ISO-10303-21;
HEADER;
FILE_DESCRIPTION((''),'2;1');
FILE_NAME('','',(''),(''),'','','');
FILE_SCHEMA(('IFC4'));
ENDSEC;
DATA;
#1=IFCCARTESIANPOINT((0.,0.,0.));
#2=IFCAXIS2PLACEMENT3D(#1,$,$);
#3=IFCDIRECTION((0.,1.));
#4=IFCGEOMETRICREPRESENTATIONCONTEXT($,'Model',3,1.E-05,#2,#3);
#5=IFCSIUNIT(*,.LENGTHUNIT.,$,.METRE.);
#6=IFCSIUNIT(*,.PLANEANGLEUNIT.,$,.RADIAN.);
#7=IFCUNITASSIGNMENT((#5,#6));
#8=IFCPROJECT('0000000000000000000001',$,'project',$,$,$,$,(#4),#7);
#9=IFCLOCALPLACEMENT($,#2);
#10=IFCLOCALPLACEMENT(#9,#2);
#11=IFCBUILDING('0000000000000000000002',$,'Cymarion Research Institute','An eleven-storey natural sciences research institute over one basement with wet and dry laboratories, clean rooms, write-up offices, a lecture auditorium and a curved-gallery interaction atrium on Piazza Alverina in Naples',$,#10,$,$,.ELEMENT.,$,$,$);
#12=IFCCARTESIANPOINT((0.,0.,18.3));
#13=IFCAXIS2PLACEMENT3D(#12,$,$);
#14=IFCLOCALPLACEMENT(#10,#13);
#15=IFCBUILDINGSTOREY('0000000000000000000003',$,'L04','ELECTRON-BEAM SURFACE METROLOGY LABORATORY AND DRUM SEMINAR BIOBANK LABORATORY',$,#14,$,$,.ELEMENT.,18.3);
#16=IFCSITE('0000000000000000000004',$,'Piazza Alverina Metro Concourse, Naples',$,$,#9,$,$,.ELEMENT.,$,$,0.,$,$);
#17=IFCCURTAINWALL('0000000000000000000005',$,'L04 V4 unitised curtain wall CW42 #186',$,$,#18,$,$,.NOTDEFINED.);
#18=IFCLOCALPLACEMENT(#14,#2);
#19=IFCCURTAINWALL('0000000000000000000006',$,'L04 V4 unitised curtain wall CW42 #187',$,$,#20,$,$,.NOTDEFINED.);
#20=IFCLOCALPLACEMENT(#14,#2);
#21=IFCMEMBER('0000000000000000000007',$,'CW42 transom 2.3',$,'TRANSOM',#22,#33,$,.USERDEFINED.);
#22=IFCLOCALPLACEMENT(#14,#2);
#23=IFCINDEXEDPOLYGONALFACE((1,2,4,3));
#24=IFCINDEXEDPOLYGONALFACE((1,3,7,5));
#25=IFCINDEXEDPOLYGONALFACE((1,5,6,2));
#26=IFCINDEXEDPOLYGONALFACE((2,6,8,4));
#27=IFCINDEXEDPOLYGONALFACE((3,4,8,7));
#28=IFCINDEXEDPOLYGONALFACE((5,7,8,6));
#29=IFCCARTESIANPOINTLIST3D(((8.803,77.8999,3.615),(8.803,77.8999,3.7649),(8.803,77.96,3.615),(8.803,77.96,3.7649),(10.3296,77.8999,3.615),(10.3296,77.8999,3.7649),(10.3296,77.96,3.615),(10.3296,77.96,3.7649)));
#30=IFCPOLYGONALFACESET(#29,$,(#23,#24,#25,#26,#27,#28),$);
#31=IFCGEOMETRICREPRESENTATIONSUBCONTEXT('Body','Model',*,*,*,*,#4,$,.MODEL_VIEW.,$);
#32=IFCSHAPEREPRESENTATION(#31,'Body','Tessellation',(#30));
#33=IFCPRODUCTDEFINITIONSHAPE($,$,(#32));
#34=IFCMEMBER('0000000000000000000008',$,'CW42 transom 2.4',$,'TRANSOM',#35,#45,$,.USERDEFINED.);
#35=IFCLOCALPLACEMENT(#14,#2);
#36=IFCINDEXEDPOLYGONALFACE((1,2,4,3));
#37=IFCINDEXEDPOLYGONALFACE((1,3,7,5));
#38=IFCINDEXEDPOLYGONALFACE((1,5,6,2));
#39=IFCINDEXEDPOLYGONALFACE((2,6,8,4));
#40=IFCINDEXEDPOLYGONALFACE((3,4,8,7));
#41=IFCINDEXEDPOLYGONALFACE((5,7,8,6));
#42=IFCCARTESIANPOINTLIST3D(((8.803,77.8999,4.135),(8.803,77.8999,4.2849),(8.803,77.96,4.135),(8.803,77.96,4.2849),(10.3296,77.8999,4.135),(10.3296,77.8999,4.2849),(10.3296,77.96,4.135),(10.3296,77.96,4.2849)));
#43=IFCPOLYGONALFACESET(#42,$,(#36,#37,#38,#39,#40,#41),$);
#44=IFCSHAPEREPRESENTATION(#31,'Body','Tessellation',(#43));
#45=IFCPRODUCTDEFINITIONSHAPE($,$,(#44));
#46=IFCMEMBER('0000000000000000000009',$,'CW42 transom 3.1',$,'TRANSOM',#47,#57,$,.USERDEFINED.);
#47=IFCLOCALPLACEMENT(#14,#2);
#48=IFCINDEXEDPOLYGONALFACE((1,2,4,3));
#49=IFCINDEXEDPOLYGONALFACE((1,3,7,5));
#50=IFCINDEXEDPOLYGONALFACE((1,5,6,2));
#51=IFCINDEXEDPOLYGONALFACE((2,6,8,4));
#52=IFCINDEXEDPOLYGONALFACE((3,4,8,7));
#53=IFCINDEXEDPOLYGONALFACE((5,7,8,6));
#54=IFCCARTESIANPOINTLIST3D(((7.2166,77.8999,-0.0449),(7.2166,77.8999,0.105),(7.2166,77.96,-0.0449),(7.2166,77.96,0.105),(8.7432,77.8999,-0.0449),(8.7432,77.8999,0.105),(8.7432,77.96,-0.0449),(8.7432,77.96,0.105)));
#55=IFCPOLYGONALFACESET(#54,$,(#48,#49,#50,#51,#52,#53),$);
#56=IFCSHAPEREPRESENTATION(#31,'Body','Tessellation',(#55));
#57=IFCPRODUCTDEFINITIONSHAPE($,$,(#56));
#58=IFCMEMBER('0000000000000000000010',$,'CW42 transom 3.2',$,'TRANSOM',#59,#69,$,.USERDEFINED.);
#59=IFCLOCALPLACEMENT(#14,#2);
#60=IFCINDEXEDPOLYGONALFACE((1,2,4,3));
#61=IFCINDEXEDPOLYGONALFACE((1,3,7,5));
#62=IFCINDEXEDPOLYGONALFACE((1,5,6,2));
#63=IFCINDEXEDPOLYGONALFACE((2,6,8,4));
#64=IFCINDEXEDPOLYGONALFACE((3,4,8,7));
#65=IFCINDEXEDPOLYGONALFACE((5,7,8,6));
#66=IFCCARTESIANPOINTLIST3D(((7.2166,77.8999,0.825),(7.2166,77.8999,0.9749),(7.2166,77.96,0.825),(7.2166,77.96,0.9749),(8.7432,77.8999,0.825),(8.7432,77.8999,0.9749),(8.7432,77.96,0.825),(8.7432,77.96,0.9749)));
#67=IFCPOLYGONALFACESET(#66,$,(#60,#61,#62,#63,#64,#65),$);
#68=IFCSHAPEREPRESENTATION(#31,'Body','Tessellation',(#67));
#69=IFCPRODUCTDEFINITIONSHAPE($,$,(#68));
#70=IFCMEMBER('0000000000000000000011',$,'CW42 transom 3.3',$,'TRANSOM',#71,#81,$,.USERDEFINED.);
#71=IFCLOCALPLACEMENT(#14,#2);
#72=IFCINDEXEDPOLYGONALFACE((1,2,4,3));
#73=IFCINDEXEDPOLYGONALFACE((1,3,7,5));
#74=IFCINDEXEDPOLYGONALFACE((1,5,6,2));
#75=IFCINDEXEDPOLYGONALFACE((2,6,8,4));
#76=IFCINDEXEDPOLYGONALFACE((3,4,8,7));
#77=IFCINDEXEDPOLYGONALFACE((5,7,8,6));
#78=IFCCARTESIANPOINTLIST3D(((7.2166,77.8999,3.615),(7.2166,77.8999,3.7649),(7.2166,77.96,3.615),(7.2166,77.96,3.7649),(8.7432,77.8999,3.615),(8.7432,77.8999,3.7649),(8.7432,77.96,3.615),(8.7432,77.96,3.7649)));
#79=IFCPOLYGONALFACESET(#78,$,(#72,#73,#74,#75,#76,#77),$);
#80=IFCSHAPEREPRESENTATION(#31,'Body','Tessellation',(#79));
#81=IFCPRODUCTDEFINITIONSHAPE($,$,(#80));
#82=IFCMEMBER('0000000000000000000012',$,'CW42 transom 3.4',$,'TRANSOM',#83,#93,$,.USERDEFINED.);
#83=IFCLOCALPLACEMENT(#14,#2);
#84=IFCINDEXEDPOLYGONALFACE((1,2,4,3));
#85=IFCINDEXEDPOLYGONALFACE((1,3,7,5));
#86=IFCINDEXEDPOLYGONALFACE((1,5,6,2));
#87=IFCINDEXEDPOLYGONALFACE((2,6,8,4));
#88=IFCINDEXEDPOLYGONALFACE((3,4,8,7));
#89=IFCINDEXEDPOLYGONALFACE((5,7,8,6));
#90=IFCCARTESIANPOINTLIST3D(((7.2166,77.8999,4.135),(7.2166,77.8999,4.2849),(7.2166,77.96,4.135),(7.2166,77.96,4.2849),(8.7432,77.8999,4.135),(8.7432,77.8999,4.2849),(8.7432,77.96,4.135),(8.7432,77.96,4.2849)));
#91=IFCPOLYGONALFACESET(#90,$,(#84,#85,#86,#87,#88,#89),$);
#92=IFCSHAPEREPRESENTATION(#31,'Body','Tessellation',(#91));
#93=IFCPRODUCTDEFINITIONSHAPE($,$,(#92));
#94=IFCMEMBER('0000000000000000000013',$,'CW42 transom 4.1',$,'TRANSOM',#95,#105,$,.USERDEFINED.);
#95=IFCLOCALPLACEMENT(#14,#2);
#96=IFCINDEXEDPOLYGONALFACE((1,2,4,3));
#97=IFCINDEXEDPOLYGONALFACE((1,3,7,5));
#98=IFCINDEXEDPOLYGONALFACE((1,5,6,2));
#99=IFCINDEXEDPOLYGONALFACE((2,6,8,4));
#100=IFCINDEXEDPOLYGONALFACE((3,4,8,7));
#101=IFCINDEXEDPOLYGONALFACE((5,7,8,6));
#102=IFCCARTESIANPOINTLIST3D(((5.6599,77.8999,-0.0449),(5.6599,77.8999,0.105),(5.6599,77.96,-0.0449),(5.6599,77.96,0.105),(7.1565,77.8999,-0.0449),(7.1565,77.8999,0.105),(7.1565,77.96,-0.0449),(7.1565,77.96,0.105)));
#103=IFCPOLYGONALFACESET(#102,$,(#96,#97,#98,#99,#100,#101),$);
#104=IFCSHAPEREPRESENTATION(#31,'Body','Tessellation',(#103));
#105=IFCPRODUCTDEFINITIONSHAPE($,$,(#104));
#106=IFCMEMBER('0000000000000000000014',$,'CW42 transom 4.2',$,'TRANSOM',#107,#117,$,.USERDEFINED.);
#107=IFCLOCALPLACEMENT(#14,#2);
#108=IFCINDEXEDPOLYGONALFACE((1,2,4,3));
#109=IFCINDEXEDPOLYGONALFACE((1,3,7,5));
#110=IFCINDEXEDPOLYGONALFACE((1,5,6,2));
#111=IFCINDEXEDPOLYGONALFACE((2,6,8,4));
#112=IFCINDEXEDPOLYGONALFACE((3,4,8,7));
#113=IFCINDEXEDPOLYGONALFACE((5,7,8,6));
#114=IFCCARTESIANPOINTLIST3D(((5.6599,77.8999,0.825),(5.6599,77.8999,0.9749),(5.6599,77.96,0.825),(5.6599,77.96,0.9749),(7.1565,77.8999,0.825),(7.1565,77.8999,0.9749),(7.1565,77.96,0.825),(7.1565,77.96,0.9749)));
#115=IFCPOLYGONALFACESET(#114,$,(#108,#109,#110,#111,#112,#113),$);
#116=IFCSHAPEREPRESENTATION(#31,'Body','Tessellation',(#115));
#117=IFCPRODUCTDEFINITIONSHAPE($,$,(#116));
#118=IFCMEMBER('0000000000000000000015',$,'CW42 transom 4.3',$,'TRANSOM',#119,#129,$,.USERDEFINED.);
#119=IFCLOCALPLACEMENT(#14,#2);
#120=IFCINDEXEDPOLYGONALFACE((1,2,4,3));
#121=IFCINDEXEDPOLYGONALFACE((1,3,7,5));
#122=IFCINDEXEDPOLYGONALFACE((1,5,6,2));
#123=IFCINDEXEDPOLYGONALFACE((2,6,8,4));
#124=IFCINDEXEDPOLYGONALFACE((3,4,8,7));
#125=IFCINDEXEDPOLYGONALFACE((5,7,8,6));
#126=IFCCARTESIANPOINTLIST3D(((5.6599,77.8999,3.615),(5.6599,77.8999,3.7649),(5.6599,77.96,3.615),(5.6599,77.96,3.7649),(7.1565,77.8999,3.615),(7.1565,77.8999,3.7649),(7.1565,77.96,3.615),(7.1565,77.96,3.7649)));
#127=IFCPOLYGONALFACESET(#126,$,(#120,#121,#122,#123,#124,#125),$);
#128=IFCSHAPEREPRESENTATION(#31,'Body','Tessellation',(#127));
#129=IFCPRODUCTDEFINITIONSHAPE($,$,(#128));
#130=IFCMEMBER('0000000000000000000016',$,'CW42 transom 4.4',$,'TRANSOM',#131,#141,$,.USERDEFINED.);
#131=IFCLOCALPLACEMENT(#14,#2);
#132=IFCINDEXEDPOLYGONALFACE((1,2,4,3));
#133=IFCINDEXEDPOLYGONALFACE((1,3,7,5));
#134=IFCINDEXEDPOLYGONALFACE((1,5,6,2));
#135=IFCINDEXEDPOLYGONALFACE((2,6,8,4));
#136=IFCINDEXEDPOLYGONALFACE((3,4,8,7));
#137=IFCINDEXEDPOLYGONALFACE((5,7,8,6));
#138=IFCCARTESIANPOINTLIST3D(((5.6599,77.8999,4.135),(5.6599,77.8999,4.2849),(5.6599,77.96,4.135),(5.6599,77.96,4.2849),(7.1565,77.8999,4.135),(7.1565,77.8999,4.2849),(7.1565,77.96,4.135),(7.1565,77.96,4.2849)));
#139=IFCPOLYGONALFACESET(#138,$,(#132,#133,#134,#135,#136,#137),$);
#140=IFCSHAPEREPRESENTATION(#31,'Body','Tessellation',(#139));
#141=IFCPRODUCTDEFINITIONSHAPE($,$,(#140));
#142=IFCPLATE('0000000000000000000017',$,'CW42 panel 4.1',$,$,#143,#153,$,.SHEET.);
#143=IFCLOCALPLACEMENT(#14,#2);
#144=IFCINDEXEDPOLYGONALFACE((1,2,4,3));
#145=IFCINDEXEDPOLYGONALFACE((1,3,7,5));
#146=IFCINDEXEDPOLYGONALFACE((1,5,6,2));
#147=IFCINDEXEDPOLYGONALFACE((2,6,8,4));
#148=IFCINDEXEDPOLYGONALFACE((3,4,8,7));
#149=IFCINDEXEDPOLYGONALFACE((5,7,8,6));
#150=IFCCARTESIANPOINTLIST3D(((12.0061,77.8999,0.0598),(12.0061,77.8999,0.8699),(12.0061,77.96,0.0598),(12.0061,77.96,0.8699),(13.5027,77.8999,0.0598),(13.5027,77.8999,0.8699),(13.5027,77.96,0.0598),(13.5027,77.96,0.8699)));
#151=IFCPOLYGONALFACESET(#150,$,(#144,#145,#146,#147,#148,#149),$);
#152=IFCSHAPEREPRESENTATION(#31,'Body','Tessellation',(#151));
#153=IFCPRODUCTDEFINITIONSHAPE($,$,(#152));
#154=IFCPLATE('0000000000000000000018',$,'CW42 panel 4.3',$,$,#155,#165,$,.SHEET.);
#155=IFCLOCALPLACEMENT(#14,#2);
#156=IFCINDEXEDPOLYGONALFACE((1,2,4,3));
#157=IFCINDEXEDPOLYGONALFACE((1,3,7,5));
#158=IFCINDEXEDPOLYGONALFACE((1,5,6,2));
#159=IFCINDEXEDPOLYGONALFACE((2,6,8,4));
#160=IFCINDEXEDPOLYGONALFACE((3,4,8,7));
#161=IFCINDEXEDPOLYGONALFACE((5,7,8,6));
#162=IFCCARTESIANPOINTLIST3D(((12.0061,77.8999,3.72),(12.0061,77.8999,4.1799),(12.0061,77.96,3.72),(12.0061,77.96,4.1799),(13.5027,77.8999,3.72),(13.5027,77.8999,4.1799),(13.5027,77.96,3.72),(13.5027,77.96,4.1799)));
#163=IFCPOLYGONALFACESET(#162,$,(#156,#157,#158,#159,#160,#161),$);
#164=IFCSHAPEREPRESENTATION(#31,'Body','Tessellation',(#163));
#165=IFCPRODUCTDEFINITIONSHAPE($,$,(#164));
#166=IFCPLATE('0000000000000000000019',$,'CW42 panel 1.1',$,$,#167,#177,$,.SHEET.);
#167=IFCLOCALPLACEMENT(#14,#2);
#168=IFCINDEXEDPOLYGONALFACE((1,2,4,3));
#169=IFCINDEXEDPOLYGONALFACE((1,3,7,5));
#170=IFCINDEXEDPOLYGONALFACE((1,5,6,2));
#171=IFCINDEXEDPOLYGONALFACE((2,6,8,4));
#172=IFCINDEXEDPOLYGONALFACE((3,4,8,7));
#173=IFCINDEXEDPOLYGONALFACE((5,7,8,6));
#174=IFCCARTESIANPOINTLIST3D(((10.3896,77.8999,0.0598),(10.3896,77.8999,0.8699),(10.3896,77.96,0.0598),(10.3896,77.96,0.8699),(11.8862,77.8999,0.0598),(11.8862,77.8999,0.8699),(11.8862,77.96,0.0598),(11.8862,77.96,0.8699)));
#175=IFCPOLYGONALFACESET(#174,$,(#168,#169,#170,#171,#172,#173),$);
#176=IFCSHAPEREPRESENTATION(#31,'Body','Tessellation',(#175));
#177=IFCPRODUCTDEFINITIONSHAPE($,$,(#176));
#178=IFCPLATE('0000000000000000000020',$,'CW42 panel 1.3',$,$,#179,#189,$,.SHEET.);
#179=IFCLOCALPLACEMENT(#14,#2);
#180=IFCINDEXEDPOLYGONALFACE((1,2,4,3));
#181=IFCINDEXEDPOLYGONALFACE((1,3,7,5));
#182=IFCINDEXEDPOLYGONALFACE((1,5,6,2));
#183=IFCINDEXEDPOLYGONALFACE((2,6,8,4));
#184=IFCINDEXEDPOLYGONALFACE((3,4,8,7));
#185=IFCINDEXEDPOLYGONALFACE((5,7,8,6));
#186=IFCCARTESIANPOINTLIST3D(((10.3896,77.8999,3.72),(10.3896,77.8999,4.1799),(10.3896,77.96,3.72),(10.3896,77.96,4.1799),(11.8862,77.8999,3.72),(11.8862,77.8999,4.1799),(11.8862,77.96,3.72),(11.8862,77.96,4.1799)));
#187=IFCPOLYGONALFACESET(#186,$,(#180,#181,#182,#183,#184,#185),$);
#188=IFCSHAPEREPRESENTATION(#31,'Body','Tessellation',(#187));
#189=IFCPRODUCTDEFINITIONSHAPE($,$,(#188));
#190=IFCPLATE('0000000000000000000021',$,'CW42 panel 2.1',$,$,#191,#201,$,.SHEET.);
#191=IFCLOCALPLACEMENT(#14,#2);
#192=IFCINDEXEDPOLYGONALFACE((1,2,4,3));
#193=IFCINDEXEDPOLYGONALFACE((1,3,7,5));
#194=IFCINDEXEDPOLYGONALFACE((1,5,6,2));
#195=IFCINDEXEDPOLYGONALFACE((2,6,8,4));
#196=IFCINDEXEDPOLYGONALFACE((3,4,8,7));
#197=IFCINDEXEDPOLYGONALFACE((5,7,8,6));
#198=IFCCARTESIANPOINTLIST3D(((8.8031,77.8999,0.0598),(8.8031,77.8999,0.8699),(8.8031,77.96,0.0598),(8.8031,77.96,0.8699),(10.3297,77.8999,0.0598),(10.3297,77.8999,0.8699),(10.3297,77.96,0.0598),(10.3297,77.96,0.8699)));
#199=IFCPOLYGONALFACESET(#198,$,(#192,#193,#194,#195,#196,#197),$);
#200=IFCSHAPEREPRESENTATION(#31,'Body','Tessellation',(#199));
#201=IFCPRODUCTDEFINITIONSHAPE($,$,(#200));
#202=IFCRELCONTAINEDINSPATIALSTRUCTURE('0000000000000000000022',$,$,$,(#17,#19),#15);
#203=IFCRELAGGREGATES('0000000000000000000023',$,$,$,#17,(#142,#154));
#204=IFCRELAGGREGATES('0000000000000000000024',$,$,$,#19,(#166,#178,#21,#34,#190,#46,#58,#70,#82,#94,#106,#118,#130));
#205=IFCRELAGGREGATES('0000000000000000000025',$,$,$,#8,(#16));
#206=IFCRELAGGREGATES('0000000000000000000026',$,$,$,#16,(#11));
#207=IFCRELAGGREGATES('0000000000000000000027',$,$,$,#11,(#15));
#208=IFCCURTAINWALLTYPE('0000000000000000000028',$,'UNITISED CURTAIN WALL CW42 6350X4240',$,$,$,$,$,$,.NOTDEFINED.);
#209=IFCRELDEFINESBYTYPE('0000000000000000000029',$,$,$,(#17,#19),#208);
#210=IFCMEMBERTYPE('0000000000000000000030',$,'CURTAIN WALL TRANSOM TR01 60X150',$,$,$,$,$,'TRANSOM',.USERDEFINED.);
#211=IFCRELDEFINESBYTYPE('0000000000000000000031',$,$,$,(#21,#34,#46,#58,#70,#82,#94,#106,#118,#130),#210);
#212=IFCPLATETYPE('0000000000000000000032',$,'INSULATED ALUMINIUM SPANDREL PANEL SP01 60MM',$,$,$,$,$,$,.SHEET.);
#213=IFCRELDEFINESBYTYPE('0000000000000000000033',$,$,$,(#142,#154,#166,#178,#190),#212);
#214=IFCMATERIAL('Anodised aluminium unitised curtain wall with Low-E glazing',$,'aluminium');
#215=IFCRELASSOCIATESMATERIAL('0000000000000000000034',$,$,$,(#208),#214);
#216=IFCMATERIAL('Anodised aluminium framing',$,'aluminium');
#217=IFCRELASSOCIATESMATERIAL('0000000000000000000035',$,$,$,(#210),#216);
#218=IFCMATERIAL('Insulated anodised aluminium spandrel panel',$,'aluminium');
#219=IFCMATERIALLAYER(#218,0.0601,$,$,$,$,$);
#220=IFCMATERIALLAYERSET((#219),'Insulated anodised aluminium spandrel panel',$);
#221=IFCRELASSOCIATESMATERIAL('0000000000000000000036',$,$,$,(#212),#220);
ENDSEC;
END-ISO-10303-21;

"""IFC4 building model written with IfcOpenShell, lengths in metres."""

from ifc_helpers import new_model, si_unit, direction, frame, origin, origin_2d, place, context, subcontext, project, spatial, rectangle, extrude, material, layer, layer_set, material_profile, profile_set, type_object, element, aggregate, save


model = new_model("IFC4")

# Units and contexts
model_context = context("Model", 3, precision=1e-05, world=origin(), true_north=direction((0.0, 1.0)))
body_context = subcontext(model_context, "Body", "Model", "MODEL_VIEW")
ifc_project = project(units=[si_unit("LENGTHUNIT", "METRE"), si_unit("PLANEANGLEUNIT", "RADIAN")], contexts=[model_context])

# Site, building, storey
site_placement = place(None, origin())
site = spatial("IfcSite", under=ifc_project, at=site_placement, Name="Piazza Alverina Metro Concourse, Naples", CompositionType="ELEMENT", RefElevation=0.0)
building_placement = place(site_placement, origin())
building = spatial("IfcBuilding", under=site, at=building_placement, Name="Cymarion Research Institute", Description="An eleven-storey natural sciences research institute over one basement with wet and dry laboratories, clean rooms, write-up offices, a lecture auditorium and a curved-gallery interaction atrium on Piazza Alverina in Naples", CompositionType="ELEMENT")
storey_placement = place(building_placement, frame((0.0, 0.0, 18.3)))
storey = spatial("IfcBuildingStorey", under=building, at=storey_placement, Name="L04", Description="ELECTRON-BEAM SURFACE METROLOGY LABORATORY AND DRUM SEMINAR BIOBANK LABORATORY", CompositionType="ELEMENT", Elevation=18.3)

# Curtain wall
ifc_material_1 = material(Name="Anodised aluminium unitised curtain wall with Low-E glazing", Category="aluminium")
curtain_wall_type = type_object("IfcCurtainWallType", Name="UNITISED CURTAIN WALL CW42 6350X4240", PredefinedType="NOTDEFINED", material=ifc_material_1)
curtain_wall_1_placement = place(storey_placement, origin())
curtain_wall_1 = element("IfcCurtainWall", 1, at=curtain_wall_1_placement, inside=storey, type_object=curtain_wall_type, Name="L04 V4 unitised curtain wall CW42 #186", PredefinedType="NOTDEFINED")
ifc_material_2 = material(Name="Anodised aluminium framing", Category="aluminium")

# Curtain wall
curtain_wall_2_placement = place(storey_placement, origin())
curtain_wall_2 = element("IfcCurtainWall", 2, at=curtain_wall_2_placement, inside=storey, type_object=curtain_wall_type, Name="L04 V4 unitised curtain wall CW42 #187", PredefinedType="NOTDEFINED")

# Members
ifc_material_profile_1 = material_profile(ifc_material_2, rectangle(XDim=0.0601, YDim=0.1499, at=origin_2d()), Name="ALU TRANSOM 60x150")
ifc_profile_set_1 = profile_set([ifc_material_profile_1], Name="Anodised aluminium framing")
member_type_1 = type_object("IfcMemberType", Name="CURTAIN WALL TRANSOM TR01 60X150", ElementType="TRANSOM", PredefinedType="USERDEFINED", material=ifc_profile_set_1)
member_1_placement = place(storey_placement, frame((10.3296, 77.9299, 3.6899), z_axis=(-1.0, 0.0, 0.0), x_axis=(0.0, -1.0, 0.0)))
member_1 = element("IfcMember", 3, at=member_1_placement, type_object=member_type_1, Name="CW42 transom 2.3", ObjectType="TRANSOM", PredefinedType="USERDEFINED", context=body_context, shape_type="SweptSolid", body=[
    extrude(rectangle(XDim=0.0601, YDim=0.1499, at=origin_2d()), origin(), (0.0, 0.0, 1.0), 1.5266),
])
member_2_placement = place(storey_placement, frame((10.3296, 77.9299, 4.21), z_axis=(-1.0, 0.0, 0.0), x_axis=(0.0, -1.0, 0.0)))
member_2 = element("IfcMember", 4, at=member_2_placement, type_object=member_type_1, Name="CW42 transom 2.4", ObjectType="TRANSOM", PredefinedType="USERDEFINED", context=body_context, shape_type="SweptSolid", body=[
    extrude(rectangle(XDim=0.0601, YDim=0.1499, at=origin_2d()), origin(), (0.0, 0.0, 1.0), 1.5266),
])
member_3_placement = place(storey_placement, frame((8.7432, 77.9299, 0.03), z_axis=(-1.0, 0.0, 0.0), x_axis=(0.0, -1.0, 0.0)))
member_3 = element("IfcMember", 5, at=member_3_placement, type_object=member_type_1, Name="CW42 transom 3.1", ObjectType="TRANSOM", PredefinedType="USERDEFINED", context=body_context, shape_type="SweptSolid", body=[
    extrude(rectangle(XDim=0.0601, YDim=0.1499, at=origin_2d()), origin(), (0.0, 0.0, 1.0), 1.5266),
])
member_4_placement = place(storey_placement, frame((8.7432, 77.9299, 0.8999), z_axis=(-1.0, 0.0, 0.0), x_axis=(0.0, -1.0, 0.0)))
member_4 = element("IfcMember", 6, at=member_4_placement, type_object=member_type_1, Name="CW42 transom 3.2", ObjectType="TRANSOM", PredefinedType="USERDEFINED", context=body_context, shape_type="SweptSolid", body=[
    extrude(rectangle(XDim=0.0601, YDim=0.1499, at=origin_2d()), origin(), (0.0, 0.0, 1.0), 1.5266),
])
member_5_placement = place(storey_placement, frame((8.7432, 77.9299, 3.6899), z_axis=(-1.0, 0.0, 0.0), x_axis=(0.0, -1.0, 0.0)))
member_5 = element("IfcMember", 7, at=member_5_placement, type_object=member_type_1, Name="CW42 transom 3.3", ObjectType="TRANSOM", PredefinedType="USERDEFINED", context=body_context, shape_type="SweptSolid", body=[
    extrude(rectangle(XDim=0.0601, YDim=0.1499, at=origin_2d()), origin(), (0.0, 0.0, 1.0), 1.5266),
])
member_6_placement = place(storey_placement, frame((8.7432, 77.9299, 4.21), z_axis=(-1.0, 0.0, 0.0), x_axis=(0.0, -1.0, 0.0)))
member_6 = element("IfcMember", 8, at=member_6_placement, type_object=member_type_1, Name="CW42 transom 3.4", ObjectType="TRANSOM", PredefinedType="USERDEFINED", context=body_context, shape_type="SweptSolid", body=[
    extrude(rectangle(XDim=0.0601, YDim=0.1499, at=origin_2d()), origin(), (0.0, 0.0, 1.0), 1.5266),
])
member_7_placement = place(storey_placement, frame((7.1565, 77.9299, 0.03), z_axis=(-1.0, 0.0, 0.0), x_axis=(0.0, -1.0, 0.0)))
member_7 = element("IfcMember", 9, at=member_7_placement, type_object=member_type_1, Name="CW42 transom 4.1", ObjectType="TRANSOM", PredefinedType="USERDEFINED", context=body_context, shape_type="SweptSolid", body=[
    extrude(rectangle(XDim=0.0601, YDim=0.1499, at=origin_2d()), origin(), (0.0, 0.0, 1.0), 1.4966),
])
member_8_placement = place(storey_placement, frame((7.1565, 77.9299, 0.8999), z_axis=(-1.0, 0.0, 0.0), x_axis=(0.0, -1.0, 0.0)))
member_8 = element("IfcMember", 10, at=member_8_placement, type_object=member_type_1, Name="CW42 transom 4.2", ObjectType="TRANSOM", PredefinedType="USERDEFINED", context=body_context, shape_type="SweptSolid", body=[
    extrude(rectangle(XDim=0.0601, YDim=0.1499, at=origin_2d()), origin(), (0.0, 0.0, 1.0), 1.4966),
])
member_9_placement = place(storey_placement, frame((7.1565, 77.9299, 3.6899), z_axis=(-1.0, 0.0, 0.0), x_axis=(0.0, -1.0, 0.0)))
member_9 = element("IfcMember", 11, at=member_9_placement, type_object=member_type_1, Name="CW42 transom 4.3", ObjectType="TRANSOM", PredefinedType="USERDEFINED", context=body_context, shape_type="SweptSolid", body=[
    extrude(rectangle(XDim=0.0601, YDim=0.1499, at=origin_2d()), origin(), (0.0, 0.0, 1.0), 1.4966),
])
member_10_placement = place(storey_placement, frame((7.1565, 77.9299, 4.21), z_axis=(-1.0, 0.0, 0.0), x_axis=(0.0, -1.0, 0.0)))
member_10 = element("IfcMember", 12, at=member_10_placement, type_object=member_type_1, Name="CW42 transom 4.4", ObjectType="TRANSOM", PredefinedType="USERDEFINED", context=body_context, shape_type="SweptSolid", body=[
    extrude(rectangle(XDim=0.0601, YDim=0.1499, at=origin_2d()), origin(), (0.0, 0.0, 1.0), 1.4966),
])

# Plates
ifc_material_3 = material(Name="Insulated anodised aluminium spandrel panel", Category="aluminium")
ifc_layer_1 = layer(ifc_material_3, 0.0601)
ifc_layer_set_1 = layer_set([ifc_layer_1], Name="Insulated anodised aluminium spandrel panel")
plate_type_1 = type_object("IfcPlateType", Name="INSULATED ALUMINIUM SPANDREL PANEL SP01 60MM", PredefinedType="SHEET", material=ifc_layer_set_1)
plate_1_placement = place(storey_placement, frame((12.7544, 77.9299, 0.0598), z_axis=(0.0, 0.0, 1.0), x_axis=(-1.0, 0.0, 0.0)))
plate_1 = element("IfcPlate", 13, at=plate_1_placement, type_object=plate_type_1, Name="CW42 panel 4.1", PredefinedType="SHEET", context=body_context, shape_type="SweptSolid", body=[
    extrude(rectangle(XDim=1.4966, YDim=0.0601, at=origin_2d()), origin(), (0.0, 0.0, 1.0), 0.8101),
])
plate_2_placement = place(storey_placement, frame((12.7544, 77.9299, 3.72), z_axis=(0.0, 0.0, 1.0), x_axis=(-1.0, 0.0, 0.0)))
plate_2 = element("IfcPlate", 14, at=plate_2_placement, type_object=plate_type_1, Name="CW42 panel 4.3", PredefinedType="SHEET", context=body_context, shape_type="SweptSolid", body=[
    extrude(rectangle(XDim=1.4966, YDim=0.0601, at=origin_2d()), origin(), (0.0, 0.0, 1.0), 0.46),
])
plate_3_placement = place(storey_placement, frame((11.1379, 77.9299, 0.0598), z_axis=(0.0, 0.0, 1.0), x_axis=(-1.0, 0.0, 0.0)))
plate_3 = element("IfcPlate", 15, at=plate_3_placement, type_object=plate_type_1, Name="CW42 panel 1.1", PredefinedType="SHEET", context=body_context, shape_type="SweptSolid", body=[
    extrude(rectangle(XDim=1.4966, YDim=0.0601, at=origin_2d()), origin(), (0.0, 0.0, 1.0), 0.8101),
])
plate_4_placement = place(storey_placement, frame((11.1379, 77.9299, 3.72), z_axis=(0.0, 0.0, 1.0), x_axis=(-1.0, 0.0, 0.0)))
plate_4 = element("IfcPlate", 16, at=plate_4_placement, type_object=plate_type_1, Name="CW42 panel 1.3", PredefinedType="SHEET", context=body_context, shape_type="SweptSolid", body=[
    extrude(rectangle(XDim=1.4966, YDim=0.0601, at=origin_2d()), origin(), (0.0, 0.0, 1.0), 0.46),
])
plate_5_placement = place(storey_placement, frame((9.5664, 77.9299, 0.0598), z_axis=(0.0, 0.0, 1.0), x_axis=(-1.0, 0.0, 0.0)))
plate_5 = element("IfcPlate", 17, at=plate_5_placement, type_object=plate_type_1, Name="CW42 panel 2.1", PredefinedType="SHEET", context=body_context, shape_type="SweptSolid", body=[
    extrude(rectangle(XDim=1.5266, YDim=0.0601, at=origin_2d()), origin(), (0.0, 0.0, 1.0), 0.8101),
])
aggregate(curtain_wall_1, [plate_1, plate_2])
aggregate(curtain_wall_2, [plate_3, plate_4, member_1, member_2, plate_5, member_3, member_4, member_5, member_6, member_7, member_8, member_9, member_10])

save(model, "model.ifc")
